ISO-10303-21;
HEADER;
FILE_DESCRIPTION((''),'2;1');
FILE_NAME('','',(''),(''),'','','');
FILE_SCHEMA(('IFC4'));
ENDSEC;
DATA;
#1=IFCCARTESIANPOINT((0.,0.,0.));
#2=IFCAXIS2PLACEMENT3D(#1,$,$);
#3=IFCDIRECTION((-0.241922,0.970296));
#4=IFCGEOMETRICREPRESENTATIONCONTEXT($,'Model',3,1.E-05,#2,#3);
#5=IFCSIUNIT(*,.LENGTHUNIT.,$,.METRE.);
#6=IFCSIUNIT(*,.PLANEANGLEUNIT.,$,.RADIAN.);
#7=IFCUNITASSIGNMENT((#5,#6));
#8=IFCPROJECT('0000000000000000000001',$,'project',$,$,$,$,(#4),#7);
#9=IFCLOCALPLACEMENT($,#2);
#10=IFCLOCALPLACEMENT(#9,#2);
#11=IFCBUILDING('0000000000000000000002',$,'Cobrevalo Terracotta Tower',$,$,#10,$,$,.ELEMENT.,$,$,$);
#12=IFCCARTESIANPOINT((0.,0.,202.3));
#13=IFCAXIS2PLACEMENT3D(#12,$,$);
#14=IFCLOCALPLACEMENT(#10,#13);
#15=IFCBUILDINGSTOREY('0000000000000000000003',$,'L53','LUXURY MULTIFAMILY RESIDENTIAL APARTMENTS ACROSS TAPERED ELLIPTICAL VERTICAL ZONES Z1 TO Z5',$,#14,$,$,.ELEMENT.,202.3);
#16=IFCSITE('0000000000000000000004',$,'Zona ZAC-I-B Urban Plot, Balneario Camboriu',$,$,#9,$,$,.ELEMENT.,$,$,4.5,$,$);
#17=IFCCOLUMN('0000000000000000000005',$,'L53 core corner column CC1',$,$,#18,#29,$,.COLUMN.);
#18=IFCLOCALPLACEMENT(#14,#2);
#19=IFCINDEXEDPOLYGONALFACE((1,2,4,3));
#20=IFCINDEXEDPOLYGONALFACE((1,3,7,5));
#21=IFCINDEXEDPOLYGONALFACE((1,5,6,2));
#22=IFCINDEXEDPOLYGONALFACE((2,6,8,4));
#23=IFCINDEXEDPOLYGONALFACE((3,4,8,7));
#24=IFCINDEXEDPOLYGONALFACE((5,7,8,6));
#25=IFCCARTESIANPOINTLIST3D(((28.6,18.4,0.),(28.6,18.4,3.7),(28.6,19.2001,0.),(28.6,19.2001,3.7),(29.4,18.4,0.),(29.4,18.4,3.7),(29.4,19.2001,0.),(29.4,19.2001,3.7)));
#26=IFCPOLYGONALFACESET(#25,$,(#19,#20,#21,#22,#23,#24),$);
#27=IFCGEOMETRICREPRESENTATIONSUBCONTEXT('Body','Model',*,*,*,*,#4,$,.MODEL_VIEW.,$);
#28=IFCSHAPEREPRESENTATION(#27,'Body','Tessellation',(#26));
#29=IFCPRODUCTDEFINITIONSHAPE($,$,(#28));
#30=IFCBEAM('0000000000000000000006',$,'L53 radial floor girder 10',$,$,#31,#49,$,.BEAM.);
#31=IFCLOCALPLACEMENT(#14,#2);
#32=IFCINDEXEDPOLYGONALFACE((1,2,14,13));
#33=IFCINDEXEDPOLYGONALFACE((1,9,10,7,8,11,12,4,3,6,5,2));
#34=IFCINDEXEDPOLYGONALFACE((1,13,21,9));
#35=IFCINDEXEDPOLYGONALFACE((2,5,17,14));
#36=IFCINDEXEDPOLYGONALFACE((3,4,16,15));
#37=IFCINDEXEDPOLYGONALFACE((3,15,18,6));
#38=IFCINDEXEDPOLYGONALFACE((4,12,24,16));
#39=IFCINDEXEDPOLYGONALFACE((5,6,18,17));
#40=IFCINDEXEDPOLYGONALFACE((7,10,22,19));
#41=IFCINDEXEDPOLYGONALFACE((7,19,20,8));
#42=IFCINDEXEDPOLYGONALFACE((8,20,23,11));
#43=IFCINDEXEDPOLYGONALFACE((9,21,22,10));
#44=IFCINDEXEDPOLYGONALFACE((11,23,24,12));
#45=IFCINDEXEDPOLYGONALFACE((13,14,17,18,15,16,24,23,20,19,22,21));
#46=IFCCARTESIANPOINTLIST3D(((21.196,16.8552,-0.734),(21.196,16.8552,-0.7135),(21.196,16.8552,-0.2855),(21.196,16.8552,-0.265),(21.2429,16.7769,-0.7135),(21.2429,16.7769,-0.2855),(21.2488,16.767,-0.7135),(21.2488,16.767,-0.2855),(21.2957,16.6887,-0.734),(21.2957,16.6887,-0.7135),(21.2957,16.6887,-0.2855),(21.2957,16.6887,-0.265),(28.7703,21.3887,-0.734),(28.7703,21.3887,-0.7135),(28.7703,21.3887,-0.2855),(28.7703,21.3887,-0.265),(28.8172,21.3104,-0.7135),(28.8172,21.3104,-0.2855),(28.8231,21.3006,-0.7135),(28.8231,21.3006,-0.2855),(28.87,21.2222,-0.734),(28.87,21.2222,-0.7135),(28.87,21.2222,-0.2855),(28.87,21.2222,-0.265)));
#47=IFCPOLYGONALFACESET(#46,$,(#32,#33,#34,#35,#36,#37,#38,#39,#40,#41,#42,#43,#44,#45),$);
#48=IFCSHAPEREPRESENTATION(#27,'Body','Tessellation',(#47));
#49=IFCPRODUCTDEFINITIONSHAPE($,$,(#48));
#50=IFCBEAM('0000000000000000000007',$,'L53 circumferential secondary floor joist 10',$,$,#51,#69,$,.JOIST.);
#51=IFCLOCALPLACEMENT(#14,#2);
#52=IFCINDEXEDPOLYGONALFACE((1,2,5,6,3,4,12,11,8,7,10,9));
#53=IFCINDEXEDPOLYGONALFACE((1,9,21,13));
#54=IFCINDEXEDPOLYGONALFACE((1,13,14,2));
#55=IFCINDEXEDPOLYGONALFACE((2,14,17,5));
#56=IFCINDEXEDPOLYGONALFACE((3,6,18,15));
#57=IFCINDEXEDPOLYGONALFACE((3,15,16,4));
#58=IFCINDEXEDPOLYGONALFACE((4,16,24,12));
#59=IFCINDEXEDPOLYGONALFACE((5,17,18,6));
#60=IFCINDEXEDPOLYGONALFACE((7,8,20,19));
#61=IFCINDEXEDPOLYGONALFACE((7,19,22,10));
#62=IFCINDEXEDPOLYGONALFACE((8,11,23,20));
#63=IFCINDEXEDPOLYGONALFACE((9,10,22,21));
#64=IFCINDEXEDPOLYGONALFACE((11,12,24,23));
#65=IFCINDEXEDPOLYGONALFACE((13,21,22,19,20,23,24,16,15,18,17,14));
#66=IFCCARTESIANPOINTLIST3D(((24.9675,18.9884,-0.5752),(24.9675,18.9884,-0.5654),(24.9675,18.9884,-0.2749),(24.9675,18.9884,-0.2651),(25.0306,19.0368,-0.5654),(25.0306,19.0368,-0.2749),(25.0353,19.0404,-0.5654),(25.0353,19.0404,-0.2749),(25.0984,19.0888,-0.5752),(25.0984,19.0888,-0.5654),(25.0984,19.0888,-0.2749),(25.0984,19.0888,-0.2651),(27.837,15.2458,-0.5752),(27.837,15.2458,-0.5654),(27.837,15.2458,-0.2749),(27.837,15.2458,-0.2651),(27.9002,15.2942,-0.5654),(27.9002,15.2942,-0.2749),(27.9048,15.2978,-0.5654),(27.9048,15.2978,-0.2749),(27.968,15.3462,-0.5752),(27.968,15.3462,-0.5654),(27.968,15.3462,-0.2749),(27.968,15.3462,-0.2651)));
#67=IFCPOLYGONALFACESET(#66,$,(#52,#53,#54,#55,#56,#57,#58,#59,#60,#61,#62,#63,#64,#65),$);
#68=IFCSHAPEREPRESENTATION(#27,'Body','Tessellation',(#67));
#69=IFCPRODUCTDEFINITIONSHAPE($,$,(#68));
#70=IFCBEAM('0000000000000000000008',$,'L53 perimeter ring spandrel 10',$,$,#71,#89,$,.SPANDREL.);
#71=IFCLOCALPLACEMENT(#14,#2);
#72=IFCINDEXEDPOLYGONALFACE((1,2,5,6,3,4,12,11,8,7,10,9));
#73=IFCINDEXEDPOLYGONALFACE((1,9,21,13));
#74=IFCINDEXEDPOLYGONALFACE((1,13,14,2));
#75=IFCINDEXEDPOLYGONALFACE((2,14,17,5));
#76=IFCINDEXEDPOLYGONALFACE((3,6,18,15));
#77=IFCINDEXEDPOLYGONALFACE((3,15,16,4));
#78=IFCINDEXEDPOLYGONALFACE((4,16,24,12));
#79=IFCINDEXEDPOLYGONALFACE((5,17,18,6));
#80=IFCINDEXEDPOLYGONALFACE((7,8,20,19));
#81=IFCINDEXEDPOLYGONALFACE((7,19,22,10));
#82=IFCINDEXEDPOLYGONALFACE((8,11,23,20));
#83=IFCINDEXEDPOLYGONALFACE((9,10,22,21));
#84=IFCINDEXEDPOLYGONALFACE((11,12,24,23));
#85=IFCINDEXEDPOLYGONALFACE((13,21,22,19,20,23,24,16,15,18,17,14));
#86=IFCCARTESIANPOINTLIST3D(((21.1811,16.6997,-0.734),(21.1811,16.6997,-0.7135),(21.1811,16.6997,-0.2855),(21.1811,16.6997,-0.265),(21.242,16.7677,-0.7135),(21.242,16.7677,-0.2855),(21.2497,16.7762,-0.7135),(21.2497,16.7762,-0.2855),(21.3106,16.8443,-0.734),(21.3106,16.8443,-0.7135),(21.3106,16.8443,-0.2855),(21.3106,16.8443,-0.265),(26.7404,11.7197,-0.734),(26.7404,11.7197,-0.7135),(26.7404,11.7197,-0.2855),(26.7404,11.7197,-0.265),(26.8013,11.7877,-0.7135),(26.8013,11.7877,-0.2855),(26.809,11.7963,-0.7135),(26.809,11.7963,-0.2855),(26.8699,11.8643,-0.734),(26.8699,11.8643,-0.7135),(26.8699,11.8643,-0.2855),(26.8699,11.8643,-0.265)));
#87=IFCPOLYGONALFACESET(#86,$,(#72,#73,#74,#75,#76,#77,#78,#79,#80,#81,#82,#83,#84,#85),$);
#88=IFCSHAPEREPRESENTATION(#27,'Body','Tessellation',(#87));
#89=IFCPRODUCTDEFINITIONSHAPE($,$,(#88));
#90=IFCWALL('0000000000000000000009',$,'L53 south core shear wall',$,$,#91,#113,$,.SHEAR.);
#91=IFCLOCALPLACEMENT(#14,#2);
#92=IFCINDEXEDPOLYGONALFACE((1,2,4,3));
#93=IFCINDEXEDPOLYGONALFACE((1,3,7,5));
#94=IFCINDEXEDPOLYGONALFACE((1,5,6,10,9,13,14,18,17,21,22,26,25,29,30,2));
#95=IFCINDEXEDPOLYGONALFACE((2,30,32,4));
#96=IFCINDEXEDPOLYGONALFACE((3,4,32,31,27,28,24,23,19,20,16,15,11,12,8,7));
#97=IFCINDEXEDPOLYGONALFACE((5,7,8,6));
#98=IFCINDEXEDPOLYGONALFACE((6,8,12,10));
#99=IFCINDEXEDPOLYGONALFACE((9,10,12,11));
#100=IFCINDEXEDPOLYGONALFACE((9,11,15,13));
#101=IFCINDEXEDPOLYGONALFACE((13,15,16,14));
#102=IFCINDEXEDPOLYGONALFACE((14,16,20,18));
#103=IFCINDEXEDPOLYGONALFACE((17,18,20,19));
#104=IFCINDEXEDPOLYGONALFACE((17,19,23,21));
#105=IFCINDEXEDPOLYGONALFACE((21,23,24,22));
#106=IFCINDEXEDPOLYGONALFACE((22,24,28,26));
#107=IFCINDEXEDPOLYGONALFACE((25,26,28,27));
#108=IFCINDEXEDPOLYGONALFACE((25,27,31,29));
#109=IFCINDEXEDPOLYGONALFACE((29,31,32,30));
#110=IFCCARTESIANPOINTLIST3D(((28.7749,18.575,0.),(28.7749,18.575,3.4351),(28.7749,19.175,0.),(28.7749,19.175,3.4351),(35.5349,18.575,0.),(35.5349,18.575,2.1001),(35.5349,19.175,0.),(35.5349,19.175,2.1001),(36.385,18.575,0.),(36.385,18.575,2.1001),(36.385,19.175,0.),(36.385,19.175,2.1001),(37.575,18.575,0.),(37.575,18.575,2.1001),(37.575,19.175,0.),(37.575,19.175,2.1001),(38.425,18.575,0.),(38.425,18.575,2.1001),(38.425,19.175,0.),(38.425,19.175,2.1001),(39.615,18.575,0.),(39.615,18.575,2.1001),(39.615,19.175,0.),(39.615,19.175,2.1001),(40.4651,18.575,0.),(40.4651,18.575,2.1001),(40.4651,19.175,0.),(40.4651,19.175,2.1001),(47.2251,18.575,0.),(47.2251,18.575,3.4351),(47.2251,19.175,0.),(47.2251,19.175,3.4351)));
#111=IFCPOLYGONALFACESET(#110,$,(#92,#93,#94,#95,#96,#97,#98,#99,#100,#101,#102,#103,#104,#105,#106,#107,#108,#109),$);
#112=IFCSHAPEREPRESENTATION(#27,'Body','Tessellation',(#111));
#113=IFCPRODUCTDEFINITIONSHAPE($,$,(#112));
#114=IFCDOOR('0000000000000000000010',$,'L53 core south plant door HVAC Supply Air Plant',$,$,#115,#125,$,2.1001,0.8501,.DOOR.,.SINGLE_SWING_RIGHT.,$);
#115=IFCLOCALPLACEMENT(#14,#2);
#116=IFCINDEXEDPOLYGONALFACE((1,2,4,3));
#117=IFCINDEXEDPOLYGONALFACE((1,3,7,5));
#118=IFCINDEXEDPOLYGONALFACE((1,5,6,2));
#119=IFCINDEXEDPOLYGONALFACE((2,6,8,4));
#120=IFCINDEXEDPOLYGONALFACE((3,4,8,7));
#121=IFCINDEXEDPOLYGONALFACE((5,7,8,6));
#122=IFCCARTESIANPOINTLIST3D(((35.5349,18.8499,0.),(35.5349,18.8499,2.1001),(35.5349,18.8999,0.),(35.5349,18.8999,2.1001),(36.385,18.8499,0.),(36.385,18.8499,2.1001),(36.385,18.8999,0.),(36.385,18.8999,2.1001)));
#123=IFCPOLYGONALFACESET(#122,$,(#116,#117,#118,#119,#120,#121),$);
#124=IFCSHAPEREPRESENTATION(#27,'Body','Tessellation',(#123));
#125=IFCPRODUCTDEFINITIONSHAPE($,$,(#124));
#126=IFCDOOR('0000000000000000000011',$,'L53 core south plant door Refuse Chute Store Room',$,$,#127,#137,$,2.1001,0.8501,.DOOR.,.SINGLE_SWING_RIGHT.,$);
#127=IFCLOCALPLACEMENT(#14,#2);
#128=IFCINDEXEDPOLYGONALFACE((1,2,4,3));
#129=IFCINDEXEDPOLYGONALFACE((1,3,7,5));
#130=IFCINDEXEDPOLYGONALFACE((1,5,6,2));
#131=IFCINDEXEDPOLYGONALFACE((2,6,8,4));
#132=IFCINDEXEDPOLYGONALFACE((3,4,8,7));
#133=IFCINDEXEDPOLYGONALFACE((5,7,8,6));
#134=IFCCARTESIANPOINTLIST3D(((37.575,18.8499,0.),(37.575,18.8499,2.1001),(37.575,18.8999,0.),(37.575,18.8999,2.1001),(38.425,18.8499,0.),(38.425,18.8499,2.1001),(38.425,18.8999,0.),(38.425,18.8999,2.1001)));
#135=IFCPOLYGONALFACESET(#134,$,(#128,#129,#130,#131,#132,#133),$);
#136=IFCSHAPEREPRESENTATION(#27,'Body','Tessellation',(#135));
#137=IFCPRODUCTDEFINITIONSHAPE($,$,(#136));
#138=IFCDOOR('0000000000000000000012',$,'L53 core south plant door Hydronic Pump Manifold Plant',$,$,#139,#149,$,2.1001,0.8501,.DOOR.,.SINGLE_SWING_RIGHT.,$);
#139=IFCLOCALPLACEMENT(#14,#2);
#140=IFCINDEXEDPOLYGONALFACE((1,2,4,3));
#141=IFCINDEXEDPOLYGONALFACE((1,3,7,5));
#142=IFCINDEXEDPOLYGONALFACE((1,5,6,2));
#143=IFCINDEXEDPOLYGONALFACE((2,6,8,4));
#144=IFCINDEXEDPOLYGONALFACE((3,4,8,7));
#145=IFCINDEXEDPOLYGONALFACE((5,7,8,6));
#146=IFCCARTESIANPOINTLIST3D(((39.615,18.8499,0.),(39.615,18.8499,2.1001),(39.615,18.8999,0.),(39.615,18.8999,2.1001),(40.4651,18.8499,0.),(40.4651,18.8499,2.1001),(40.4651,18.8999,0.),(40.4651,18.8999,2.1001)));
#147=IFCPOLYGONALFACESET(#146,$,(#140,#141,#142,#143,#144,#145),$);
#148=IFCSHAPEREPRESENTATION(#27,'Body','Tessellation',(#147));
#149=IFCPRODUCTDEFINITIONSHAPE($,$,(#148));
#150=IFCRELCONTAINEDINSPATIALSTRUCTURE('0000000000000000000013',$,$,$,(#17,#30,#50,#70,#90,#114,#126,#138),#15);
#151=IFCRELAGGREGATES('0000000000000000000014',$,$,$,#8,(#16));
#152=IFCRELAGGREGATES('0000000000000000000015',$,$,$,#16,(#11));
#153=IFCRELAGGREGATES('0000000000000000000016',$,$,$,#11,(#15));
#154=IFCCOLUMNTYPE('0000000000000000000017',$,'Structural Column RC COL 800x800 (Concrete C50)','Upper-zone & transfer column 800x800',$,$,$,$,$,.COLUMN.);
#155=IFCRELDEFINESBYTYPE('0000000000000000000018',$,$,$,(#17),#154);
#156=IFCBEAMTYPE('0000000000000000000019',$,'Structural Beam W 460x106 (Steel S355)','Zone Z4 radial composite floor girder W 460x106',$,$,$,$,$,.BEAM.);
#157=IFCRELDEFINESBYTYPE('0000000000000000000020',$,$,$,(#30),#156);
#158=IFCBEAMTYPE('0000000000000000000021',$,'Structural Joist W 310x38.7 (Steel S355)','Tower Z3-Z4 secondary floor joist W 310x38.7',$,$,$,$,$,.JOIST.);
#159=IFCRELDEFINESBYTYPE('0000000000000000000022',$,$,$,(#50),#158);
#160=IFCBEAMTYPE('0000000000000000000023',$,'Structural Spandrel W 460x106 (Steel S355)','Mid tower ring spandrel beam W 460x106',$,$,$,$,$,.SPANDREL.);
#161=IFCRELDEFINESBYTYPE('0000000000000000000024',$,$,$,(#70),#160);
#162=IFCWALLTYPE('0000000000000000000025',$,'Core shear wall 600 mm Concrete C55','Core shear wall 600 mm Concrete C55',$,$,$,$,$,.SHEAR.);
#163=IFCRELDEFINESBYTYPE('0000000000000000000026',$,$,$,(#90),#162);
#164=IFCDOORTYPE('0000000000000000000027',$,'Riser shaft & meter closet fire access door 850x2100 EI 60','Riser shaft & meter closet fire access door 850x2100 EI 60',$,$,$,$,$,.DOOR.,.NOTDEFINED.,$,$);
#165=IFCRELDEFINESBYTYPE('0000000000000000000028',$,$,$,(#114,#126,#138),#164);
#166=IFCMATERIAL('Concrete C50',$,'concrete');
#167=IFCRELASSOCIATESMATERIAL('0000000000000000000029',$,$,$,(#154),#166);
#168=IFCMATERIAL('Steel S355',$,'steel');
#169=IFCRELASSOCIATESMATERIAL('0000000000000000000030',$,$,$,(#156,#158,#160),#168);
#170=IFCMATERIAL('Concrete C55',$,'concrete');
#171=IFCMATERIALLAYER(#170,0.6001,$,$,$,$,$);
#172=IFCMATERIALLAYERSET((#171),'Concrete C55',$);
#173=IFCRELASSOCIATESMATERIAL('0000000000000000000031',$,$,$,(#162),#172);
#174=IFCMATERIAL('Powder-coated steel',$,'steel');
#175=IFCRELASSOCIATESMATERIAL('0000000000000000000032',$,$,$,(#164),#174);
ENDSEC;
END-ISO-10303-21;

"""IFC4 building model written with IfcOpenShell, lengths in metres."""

from ifc_helpers import new_model, si_unit, direction, frame, frame_2d, origin, origin_2d, place, context, subcontext, project, spatial, rectangle, i_section, extrude, source, transform, mapped, material, layer, layer_set, material_profile, profile_set, type_object, element, fill, save


model = new_model("IFC4")

# Units and contexts
model_context = context("Model", 3, precision=1e-05, world=origin(), true_north=direction((-0.241922, 0.970296)))
body_context = subcontext(model_context, "Body", "Model", "MODEL_VIEW")
ifc_project = project(units=[si_unit("LENGTHUNIT", "METRE"), si_unit("PLANEANGLEUNIT", "RADIAN")], contexts=[model_context])

# Site, building, storey
site_placement = place(None, origin())
site = spatial("IfcSite", under=ifc_project, at=site_placement, Name="Zona ZAC-I-B Urban Plot, Balneario Camboriu", CompositionType="ELEMENT", RefElevation=4.5)
building_placement = place(site_placement, origin())
building = spatial("IfcBuilding", under=site, at=building_placement, Name="Cobrevalo Terracotta Tower", CompositionType="ELEMENT")
storey_placement = place(building_placement, frame((0.0, 0.0, 202.3)))
storey = spatial("IfcBuildingStorey", under=building, at=storey_placement, Name="L53", Description="LUXURY MULTIFAMILY RESIDENTIAL APARTMENTS ACROSS TAPERED ELLIPTICAL VERTICAL ZONES Z1 TO Z5", CompositionType="ELEMENT", Elevation=202.3)

# Column
ifc_material_1 = material(Name="Concrete C50", Category="concrete")
ifc_material_profile_1 = material_profile(ifc_material_1, rectangle(XDim=0.8, YDim=0.8, at=origin_2d()), Name="RC COL 800x800")
ifc_profile_set_1 = profile_set([ifc_material_profile_1], Name="Concrete C50")
column_type = type_object("IfcColumnType", Name="Structural Column RC COL 800x800 (Concrete C50)", Description="Upper-zone & transfer column 800x800", PredefinedType="COLUMN", material=ifc_profile_set_1)
column_placement = place(storey_placement, frame((29.0, 18.8, 0.0), z_axis=(0.0, 0.0, 1.0), x_axis=(1.0, 0.0, 0.0)))
element("IfcColumn", 1, at=column_placement, inside=storey, type_object=column_type, Name="L53 core corner column CC1", PredefinedType="COLUMN", context=body_context, shape_type="SweptSolid", body=[
    extrude(rectangle(XDim=0.8, YDim=0.8, at=origin_2d()), origin(), (0.0, 0.0, 1.0), 3.7),
])

# Beams
ifc_material_2 = material(Name="Steel S355", Category="steel")
ifc_material_profile_2 = material_profile(ifc_material_2, i_section(OverallWidth=0.1941, OverallDepth=0.469, WebThickness=0.0115, FlangeThickness=0.0205, at=origin_2d()), Name="W 460x106")
ifc_profile_set_2 = profile_set([ifc_material_profile_2], Name="Steel S355")
beam_type_1 = type_object("IfcBeamType", Name="Structural Beam W 460x106 (Steel S355)", Description="Zone Z4 radial composite floor girder W 460x106", PredefinedType="BEAM", material=ifc_profile_set_2)
beam_1_placement = place(storey_placement, frame((21.2458, 16.772, -0.4995), z_axis=(0.858046, 0.513572, 0.0), x_axis=(-0.513572, 0.858046, 0.0)))
element("IfcBeam", 2, at=beam_1_placement, inside=storey, type_object=beam_type_1, Name="L53 radial floor girder 10", PredefinedType="BEAM", context=body_context, shape_type="SweptSolid", body=[
    extrude(i_section(OverallWidth=0.1941, OverallDepth=0.469, WebThickness=0.0115, FlangeThickness=0.0205, at=origin_2d()), origin(), (0.0, 0.0, 1.0), 8.8274),
])
ifc_material_profile_3 = material_profile(ifc_material_2, i_section(OverallWidth=0.165, OverallDepth=0.3101, WebThickness=0.0059, FlangeThickness=0.0098, at=origin_2d()), Name="W 310x38.7")
ifc_profile_set_3 = profile_set([ifc_material_profile_3], Name="Steel S355")
beam_type_2 = type_object("IfcBeamType", Name="Structural Joist W 310x38.7 (Steel S355)", Description="Tower Z3-Z4 secondary floor joist W 310x38.7", PredefinedType="JOIST", material=ifc_profile_set_3)
beam_2_placement = place(storey_placement, frame((25.033, 19.0386, -0.4202), z_axis=(0.608464, -0.793581, 0.0), x_axis=(0.793581, 0.608464, 0.0)))
element("IfcBeam", 3, at=beam_2_placement, inside=storey, type_object=beam_type_2, Name="L53 circumferential secondary floor joist 10", PredefinedType="JOIST", context=body_context, shape_type="SweptSolid", body=[
    extrude(i_section(OverallWidth=0.165, OverallDepth=0.3101, WebThickness=0.0059, FlangeThickness=0.0098, at=origin_2d()), origin(), (0.0, 0.0, 1.0), 4.7161),
])
ifc_material_profile_4 = material_profile(ifc_material_2, i_section(OverallWidth=0.1941, OverallDepth=0.469, WebThickness=0.0115, FlangeThickness=0.0205, at=origin_2d()), Name="W 460x106")
ifc_profile_set_4 = profile_set([ifc_material_profile_4], Name="Steel S355")
beam_type_3 = type_object("IfcBeamType", Name="Structural Spandrel W 460x106 (Steel S355)", Description="Mid tower ring spandrel beam W 460x106", PredefinedType="SPANDREL", material=ifc_profile_set_4)
beam_3_placement = place(storey_placement, frame((21.2458, 16.772, -0.4995), z_axis=(0.744852, -0.66723, 0.0), x_axis=(0.66723, 0.744852, 0.0)))
element("IfcBeam", 4, at=beam_3_placement, inside=storey, type_object=beam_type_3, Name="L53 perimeter ring spandrel 10", PredefinedType="SPANDREL", context=body_context, shape_type="SweptSolid", body=[
    extrude(i_section(OverallWidth=0.1941, OverallDepth=0.469, WebThickness=0.0115, FlangeThickness=0.0205, at=origin_2d()), origin(), (0.0, 0.0, 1.0), 7.4636),
])

# Wall, openings, doors
ifc_material_3 = material(Name="Concrete C55", Category="concrete")
ifc_layer_1 = layer(ifc_material_3, 0.6001)
ifc_layer_set_1 = layer_set([ifc_layer_1], Name="Concrete C55")
wall_type_1 = type_object("IfcWallType", Name="Core shear wall 600 mm Concrete C55", Description="Core shear wall 600 mm Concrete C55", PredefinedType="SHEAR", material=ifc_layer_set_1)
wall_1_placement = place(storey_placement, frame((28.7749, 18.875, 0.0), z_axis=(0.0, 0.0, 1.0), x_axis=(1.0, 0.0, 0.0)))
wall_1 = element("IfcWall", 5, at=wall_1_placement, inside=storey, type_object=wall_type_1, Name="L53 south core shear wall", PredefinedType="SHEAR", context=body_context, shape_type="SweptSolid", body=[
    extrude(rectangle(XDim=18.4502, YDim=0.6001, at=frame_2d((9.2251, 0.0))), origin(), (0.0, 0.0, 1.0), 3.4351),
])
opening_1_placement = place(wall_1_placement, frame((6.76, 0.0, 0.0)))
opening_1 = element("IfcOpeningElement", 6, at=opening_1_placement, cuts=wall_1, PredefinedType="OPENING", context=body_context, shape_type="SweptSolid", body=[
    extrude(rectangle(XDim=0.8501, YDim=2.1001, at=frame_2d((0.425, 1.05))), frame((0.0, 0.3101, 0.0), z_axis=(0.0, -1.0, 0.0), x_axis=(1.0, 0.0, 0.0)), (0.0, 0.0, 1.0), 0.6201),
])
opening_2_placement = place(wall_1_placement, frame((8.8, 0.0, 0.0)))
opening_2 = element("IfcOpeningElement", 7, at=opening_2_placement, cuts=wall_1, PredefinedType="OPENING", context=body_context, shape_type="SweptSolid", body=[
    extrude(rectangle(XDim=0.8501, YDim=2.1001, at=frame_2d((0.425, 1.05))), frame((0.0, 0.3101, 0.0), z_axis=(0.0, -1.0, 0.0), x_axis=(1.0, 0.0, 0.0)), (0.0, 0.0, 1.0), 0.6201),
])
opening_3_placement = place(wall_1_placement, frame((10.8401, 0.0, 0.0)))
opening_3 = element("IfcOpeningElement", 8, at=opening_3_placement, cuts=wall_1, PredefinedType="OPENING", context=body_context, shape_type="SweptSolid", body=[
    extrude(rectangle(XDim=0.8501, YDim=2.1001, at=frame_2d((0.425, 1.05))), frame((0.0, 0.3101, 0.0), z_axis=(0.0, -1.0, 0.0), x_axis=(1.0, 0.0, 0.0)), (0.0, 0.0, 1.0), 0.6201),
])
ifc_material_4 = material(Name="Powder-coated steel", Category="steel")
door_type_1 = type_object("IfcDoorType", Name="Riser shaft & meter closet fire access door 850x2100 EI 60", Description="Riser shaft & meter closet fire access door 850x2100 EI 60", OperationType="NOTDEFINED", PredefinedType="DOOR", material=ifc_material_4)
shared_shape_1 = source(origin(), body_context, "Body", "SweptSolid", [
    extrude(rectangle(XDim=0.8501, YDim=2.1001, at=frame_2d((0.425, 1.05))), frame((0.0, 0.0249, 0.0), z_axis=(0.0, -1.0, 0.0), x_axis=(1.0, 0.0, 0.0)), (0.0, 0.0, 1.0), 0.05),
])
door_1_placement = place(opening_1_placement, origin())
door_1 = element("IfcDoor", 9, at=door_1_placement, inside=storey, type_object=door_type_1, Name="L53 core south plant door HVAC Supply Air Plant", OperationType="SINGLE_SWING_RIGHT", OverallHeight=2.1001, OverallWidth=0.8501, PredefinedType="DOOR", context=body_context, shape_type="MappedRepresentation", body=[
    mapped(shared_shape_1, transform((0.0, 0.0, 0.0), scale=1.0)),
])
fill(opening_1, door_1)
door_2_placement = place(opening_2_placement, origin())
door_2 = element("IfcDoor", 10, at=door_2_placement, inside=storey, type_object=door_type_1, Name="L53 core south plant door Refuse Chute Store Room", OperationType="SINGLE_SWING_RIGHT", OverallHeight=2.1001, OverallWidth=0.8501, PredefinedType="DOOR", context=body_context, shape_type="MappedRepresentation", body=[
    mapped(shared_shape_1, transform((0.0, 0.0, 0.0), scale=1.0)),
])
fill(opening_2, door_2)
door_3_placement = place(opening_3_placement, origin())
door_3 = element("IfcDoor", 11, at=door_3_placement, inside=storey, type_object=door_type_1, Name="L53 core south plant door Hydronic Pump Manifold Plant", OperationType="SINGLE_SWING_RIGHT", OverallHeight=2.1001, OverallWidth=0.8501, PredefinedType="DOOR", context=body_context, shape_type="MappedRepresentation", body=[
    mapped(shared_shape_1, transform((0.0, 0.0, 0.0), scale=1.0)),
])
fill(opening_3, door_3)

save(model, "model.ifc")
